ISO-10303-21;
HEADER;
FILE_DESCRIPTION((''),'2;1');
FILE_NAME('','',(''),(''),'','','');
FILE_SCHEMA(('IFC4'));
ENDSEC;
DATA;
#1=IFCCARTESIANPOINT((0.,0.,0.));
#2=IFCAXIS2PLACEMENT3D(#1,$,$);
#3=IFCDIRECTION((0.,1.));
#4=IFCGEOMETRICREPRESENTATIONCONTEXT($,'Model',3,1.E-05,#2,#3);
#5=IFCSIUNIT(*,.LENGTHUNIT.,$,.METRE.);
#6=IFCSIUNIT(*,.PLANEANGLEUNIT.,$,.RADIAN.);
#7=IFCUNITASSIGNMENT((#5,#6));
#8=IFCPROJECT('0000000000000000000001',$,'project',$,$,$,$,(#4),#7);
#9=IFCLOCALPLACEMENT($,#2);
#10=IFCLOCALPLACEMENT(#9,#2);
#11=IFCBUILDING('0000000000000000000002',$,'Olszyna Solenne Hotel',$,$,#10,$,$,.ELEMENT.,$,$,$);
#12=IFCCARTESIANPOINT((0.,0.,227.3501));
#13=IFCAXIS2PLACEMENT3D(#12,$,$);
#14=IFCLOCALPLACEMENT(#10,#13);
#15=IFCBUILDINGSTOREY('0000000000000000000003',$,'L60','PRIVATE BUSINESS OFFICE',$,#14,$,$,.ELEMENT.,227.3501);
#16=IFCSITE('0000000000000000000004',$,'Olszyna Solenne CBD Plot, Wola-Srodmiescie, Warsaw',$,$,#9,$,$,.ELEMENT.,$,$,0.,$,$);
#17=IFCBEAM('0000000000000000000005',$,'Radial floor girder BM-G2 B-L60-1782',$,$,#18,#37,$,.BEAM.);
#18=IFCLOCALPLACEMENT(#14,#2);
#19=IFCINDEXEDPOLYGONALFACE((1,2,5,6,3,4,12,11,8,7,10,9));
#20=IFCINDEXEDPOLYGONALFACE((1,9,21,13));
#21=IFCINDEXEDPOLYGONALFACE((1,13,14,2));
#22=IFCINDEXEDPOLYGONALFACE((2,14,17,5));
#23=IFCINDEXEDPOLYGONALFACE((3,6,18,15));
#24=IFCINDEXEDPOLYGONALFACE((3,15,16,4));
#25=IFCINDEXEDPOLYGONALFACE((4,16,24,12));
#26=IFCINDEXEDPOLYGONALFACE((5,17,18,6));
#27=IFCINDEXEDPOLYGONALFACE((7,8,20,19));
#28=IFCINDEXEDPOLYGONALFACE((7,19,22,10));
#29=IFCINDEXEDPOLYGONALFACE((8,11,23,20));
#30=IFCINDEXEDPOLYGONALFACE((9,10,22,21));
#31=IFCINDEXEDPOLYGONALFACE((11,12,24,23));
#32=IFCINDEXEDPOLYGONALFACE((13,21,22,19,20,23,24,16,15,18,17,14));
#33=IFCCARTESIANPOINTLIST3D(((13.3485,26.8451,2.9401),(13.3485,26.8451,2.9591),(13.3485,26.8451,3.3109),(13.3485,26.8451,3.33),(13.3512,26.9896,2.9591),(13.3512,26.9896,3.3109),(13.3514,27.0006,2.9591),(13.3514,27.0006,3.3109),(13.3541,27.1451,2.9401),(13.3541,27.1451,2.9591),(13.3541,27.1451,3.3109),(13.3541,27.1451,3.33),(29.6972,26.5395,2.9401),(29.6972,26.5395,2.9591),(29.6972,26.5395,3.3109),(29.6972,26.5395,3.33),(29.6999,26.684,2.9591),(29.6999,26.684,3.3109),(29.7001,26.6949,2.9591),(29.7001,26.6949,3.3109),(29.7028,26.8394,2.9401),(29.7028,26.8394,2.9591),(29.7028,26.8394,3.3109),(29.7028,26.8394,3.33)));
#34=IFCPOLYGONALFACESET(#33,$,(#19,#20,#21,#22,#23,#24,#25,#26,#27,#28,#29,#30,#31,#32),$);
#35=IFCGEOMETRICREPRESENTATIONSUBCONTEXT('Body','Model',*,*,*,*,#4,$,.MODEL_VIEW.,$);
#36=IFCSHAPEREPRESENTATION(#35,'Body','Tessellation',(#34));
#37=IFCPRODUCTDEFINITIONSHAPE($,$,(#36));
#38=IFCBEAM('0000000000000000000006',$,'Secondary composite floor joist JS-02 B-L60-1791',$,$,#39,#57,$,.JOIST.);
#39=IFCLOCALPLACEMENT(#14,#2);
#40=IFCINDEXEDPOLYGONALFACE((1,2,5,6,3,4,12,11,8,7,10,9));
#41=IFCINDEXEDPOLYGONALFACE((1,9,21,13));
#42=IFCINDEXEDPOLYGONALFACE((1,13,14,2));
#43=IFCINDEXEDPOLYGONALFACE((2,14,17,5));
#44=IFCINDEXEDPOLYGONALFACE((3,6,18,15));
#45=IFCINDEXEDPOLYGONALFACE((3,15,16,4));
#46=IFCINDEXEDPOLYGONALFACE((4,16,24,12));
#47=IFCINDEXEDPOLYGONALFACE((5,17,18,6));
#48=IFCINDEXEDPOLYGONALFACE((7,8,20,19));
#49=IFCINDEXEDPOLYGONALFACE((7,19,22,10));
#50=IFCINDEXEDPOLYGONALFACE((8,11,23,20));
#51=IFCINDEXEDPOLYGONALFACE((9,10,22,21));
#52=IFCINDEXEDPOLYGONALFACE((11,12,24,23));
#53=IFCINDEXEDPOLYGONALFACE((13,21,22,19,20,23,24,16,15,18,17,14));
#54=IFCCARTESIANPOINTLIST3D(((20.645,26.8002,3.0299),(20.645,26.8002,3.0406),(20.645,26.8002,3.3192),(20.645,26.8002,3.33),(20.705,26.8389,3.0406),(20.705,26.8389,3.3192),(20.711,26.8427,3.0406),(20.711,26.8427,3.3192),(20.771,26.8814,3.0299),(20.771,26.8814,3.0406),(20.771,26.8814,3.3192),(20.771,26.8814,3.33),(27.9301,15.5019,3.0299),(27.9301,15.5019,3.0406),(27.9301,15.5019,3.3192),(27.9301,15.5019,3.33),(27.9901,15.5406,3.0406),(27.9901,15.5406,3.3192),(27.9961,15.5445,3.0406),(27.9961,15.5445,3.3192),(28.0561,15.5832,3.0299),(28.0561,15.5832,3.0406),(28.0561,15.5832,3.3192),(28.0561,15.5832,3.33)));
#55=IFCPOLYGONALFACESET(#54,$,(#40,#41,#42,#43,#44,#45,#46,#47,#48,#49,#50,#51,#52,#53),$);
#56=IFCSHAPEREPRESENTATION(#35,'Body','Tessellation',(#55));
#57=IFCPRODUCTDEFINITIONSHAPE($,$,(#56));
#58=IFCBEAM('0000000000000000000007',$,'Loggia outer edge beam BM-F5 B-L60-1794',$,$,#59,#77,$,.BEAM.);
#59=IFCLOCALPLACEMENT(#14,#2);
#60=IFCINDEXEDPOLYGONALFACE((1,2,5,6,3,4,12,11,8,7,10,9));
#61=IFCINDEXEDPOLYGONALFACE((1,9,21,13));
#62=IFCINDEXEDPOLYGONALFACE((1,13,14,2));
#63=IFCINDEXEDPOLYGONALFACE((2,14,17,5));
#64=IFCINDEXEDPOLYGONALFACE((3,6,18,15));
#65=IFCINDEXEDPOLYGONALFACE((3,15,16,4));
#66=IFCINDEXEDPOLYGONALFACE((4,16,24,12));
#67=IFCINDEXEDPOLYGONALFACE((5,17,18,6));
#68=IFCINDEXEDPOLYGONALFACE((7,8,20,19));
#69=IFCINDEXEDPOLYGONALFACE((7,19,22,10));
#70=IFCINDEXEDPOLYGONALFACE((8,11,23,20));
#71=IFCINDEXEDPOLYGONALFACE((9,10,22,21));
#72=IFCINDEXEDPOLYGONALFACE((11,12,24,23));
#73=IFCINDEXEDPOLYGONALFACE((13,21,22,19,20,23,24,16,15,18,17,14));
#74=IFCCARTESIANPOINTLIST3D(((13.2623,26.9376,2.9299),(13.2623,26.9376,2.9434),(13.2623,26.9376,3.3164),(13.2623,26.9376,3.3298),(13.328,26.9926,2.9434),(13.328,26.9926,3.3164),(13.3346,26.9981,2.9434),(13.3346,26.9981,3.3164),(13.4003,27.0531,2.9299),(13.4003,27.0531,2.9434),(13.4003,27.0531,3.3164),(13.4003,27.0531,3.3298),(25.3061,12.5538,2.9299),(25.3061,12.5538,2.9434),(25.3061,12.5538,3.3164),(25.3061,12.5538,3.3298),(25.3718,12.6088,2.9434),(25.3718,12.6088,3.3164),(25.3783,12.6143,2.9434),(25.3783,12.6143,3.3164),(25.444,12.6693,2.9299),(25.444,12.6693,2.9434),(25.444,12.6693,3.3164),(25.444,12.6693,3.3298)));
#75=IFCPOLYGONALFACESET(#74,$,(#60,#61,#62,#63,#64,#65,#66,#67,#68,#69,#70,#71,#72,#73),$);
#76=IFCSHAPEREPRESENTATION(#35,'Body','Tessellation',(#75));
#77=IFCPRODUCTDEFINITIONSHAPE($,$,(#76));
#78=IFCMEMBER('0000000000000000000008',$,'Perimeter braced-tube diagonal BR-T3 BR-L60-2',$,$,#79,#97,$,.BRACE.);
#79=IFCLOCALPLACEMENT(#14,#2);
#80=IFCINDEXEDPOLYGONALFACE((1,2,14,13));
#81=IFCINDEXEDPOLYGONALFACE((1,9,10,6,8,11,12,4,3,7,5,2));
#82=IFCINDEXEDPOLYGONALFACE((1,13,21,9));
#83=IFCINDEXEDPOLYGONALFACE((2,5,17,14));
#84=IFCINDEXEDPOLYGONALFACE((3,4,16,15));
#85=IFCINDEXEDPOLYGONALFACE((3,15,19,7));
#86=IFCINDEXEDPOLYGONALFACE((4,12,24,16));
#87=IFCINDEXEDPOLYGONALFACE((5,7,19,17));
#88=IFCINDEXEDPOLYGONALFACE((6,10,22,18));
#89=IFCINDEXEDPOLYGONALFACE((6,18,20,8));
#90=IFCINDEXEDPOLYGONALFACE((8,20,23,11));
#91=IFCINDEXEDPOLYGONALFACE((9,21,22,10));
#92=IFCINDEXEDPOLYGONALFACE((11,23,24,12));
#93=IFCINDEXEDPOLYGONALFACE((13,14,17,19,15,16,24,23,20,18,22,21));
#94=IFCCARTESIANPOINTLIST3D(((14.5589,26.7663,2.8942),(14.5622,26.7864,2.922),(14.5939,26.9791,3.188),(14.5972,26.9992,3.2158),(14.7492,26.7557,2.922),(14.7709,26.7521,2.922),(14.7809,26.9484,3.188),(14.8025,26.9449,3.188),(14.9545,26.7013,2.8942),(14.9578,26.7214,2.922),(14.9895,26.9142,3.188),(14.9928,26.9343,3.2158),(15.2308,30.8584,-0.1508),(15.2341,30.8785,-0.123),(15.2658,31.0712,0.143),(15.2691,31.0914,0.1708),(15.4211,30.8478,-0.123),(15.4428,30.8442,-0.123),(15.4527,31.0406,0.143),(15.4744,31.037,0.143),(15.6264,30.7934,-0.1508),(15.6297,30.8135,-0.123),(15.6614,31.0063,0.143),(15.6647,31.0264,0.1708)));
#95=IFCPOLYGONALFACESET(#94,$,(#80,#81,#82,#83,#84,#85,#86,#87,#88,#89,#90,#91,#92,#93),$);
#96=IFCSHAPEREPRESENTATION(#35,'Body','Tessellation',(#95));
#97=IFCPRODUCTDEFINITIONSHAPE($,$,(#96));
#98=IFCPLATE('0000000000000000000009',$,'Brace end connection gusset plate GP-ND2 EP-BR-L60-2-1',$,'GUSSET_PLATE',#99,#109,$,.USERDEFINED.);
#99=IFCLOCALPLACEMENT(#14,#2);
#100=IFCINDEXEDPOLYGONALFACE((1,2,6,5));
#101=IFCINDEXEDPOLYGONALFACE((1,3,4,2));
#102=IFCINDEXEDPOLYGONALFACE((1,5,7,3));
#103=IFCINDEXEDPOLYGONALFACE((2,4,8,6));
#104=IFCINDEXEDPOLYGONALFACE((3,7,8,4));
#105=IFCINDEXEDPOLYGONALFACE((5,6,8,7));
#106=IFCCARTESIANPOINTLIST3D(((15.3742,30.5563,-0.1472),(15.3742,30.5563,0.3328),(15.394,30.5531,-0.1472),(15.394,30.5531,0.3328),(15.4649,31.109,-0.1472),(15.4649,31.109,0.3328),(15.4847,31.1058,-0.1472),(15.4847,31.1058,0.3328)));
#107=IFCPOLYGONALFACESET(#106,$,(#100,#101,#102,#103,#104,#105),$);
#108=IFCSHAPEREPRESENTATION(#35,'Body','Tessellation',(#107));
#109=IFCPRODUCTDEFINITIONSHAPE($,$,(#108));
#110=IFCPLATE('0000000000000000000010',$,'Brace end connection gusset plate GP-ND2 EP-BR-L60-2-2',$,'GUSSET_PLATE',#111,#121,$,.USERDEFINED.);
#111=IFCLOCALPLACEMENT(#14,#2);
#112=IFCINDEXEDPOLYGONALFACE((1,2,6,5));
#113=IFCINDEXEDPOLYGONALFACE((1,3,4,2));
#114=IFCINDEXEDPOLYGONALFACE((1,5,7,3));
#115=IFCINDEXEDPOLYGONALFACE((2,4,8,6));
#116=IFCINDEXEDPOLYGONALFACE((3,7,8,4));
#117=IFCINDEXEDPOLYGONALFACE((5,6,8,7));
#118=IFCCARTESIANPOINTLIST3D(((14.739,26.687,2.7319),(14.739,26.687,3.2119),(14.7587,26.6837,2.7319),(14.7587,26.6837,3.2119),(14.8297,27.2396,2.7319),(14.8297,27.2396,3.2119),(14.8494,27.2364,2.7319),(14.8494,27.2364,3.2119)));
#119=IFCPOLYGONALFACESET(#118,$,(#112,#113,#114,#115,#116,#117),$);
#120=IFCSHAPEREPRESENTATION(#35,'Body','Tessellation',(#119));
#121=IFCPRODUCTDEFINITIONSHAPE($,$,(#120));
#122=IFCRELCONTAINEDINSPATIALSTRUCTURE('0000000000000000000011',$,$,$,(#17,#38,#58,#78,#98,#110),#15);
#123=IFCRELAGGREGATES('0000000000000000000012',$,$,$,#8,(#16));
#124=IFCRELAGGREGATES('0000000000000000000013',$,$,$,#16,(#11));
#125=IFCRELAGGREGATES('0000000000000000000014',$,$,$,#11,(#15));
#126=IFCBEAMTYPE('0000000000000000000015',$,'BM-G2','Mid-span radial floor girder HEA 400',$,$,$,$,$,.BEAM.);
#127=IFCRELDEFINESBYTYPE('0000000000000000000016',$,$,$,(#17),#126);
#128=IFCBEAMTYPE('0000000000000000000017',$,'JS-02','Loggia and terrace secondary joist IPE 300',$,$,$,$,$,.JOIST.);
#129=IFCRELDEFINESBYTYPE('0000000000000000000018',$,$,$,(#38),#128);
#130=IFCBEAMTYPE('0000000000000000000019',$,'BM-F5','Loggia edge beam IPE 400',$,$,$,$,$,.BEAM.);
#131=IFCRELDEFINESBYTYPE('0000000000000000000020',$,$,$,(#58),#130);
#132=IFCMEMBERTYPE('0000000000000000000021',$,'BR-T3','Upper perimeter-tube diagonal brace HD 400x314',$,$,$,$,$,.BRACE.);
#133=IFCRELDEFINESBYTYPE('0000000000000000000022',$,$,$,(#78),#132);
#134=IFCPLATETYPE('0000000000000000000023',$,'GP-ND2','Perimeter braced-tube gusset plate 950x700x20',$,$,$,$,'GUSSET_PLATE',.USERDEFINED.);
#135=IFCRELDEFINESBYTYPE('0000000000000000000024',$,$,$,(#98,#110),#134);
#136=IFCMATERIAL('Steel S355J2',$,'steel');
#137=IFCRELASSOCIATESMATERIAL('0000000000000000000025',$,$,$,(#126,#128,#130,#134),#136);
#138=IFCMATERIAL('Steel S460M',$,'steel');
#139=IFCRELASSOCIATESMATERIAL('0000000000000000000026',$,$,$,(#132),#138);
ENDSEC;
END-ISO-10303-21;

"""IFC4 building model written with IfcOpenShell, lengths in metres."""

from ifc_helpers import new_model, si_unit, direction, frame, origin, origin_2d, place, context, subcontext, project, spatial, rectangle, i_section, extrude, source, transform, mapped, material, material_profile, profile_set, type_object, element, save


model = new_model("IFC4")

# Units and contexts
model_context = context("Model", 3, precision=1e-05, world=origin(), true_north=direction((0.0, 1.0)))
body_context = subcontext(model_context, "Body", "Model", "MODEL_VIEW")
ifc_project = project(units=[si_unit("LENGTHUNIT", "METRE"), si_unit("PLANEANGLEUNIT", "RADIAN")], contexts=[model_context])

# Site, building, storey
site_placement = place(None, origin())
site = spatial("IfcSite", under=ifc_project, at=site_placement, Name="Olszyna Solenne CBD Plot, Wola-Srodmiescie, Warsaw", CompositionType="ELEMENT", RefElevation=0.0)
building_placement = place(site_placement, origin())
building = spatial("IfcBuilding", under=site, at=building_placement, Name="Olszyna Solenne Hotel", CompositionType="ELEMENT")
storey_placement = place(building_placement, frame((0.0, 0.0, 227.3501)))
storey = spatial("IfcBuildingStorey", under=building, at=storey_placement, Name="L60", Description="PRIVATE BUSINESS OFFICE", CompositionType="ELEMENT", Elevation=227.3501)

# Shared definitions
ifc_material_1 = material(Name="Steel S460M", Category="steel")

# Beams
ifc_material_2 = material(Name="Steel S355J2", Category="steel")
ifc_material_profile_1 = material_profile(ifc_material_2, i_section(OverallWidth=0.3, OverallDepth=0.3899, WebThickness=0.011, FlangeThickness=0.019, at=origin_2d()), Name="HEA 400", Category="load-bearing")
ifc_profile_set_1 = profile_set([ifc_material_profile_1], Name="Steel S355J2")
beam_type_1 = type_object("IfcBeamType", Name="BM-G2", Description="Mid-span radial floor girder HEA 400", PredefinedType="BEAM", material=ifc_profile_set_1)
shared_shape_1 = source(origin(), body_context, "Body", "SweptSolid", [
    extrude(i_section(OverallWidth=0.3, OverallDepth=0.3899, WebThickness=0.011, FlangeThickness=0.019, at=origin_2d()), origin(), (0.0, 0.0, 1.0), 16.3516),
])
beam_1_placement = place(storey_placement, frame((13.3513, 26.9951, 3.135), z_axis=(0.999825, -0.018693, 0.0), x_axis=(0.018693, 0.999825, 0.0)))
element("IfcBeam", 1, at=beam_1_placement, inside=storey, type_object=beam_type_1, Name="Radial floor girder BM-G2 B-L60-1782", PredefinedType="BEAM", context=body_context, shape_type="MappedRepresentation", body=[
    mapped(shared_shape_1, transform((0.0, 0.0, 0.0), x_axis=(1.0, 0.0, 0.0), y_axis=(0.0, 1.0, 0.0), z_axis=(0.0, 0.0, 1.0), scale=1.0)),
])
ifc_material_profile_2 = material_profile(ifc_material_2, i_section(OverallWidth=0.1499, OverallDepth=0.3, WebThickness=0.0071, FlangeThickness=0.0107, at=origin_2d()), Name="IPE 300", Category="load-bearing")
ifc_profile_set_2 = profile_set([ifc_material_profile_2], Name="Steel S355J2")
beam_type_2 = type_object("IfcBeamType", Name="JS-02", Description="Loggia and terrace secondary joist IPE 300", PredefinedType="JOIST", material=ifc_profile_set_2)
shared_shape_2 = source(origin(), body_context, "Body", "SweptSolid", [
    extrude(i_section(OverallWidth=0.1499, OverallDepth=0.3, WebThickness=0.0071, FlangeThickness=0.0107, at=origin_2d()), origin(), (0.0, 0.0, 1.0), 13.4434),
])
beam_2_placement = place(storey_placement, frame((20.708, 26.8408, 3.1799), z_axis=(0.541912, -0.840435, 0.0), x_axis=(0.840435, 0.541912, 0.0)))
element("IfcBeam", 2, at=beam_2_placement, inside=storey, type_object=beam_type_2, Name="Secondary composite floor joist JS-02 B-L60-1791", PredefinedType="JOIST", context=body_context, shape_type="MappedRepresentation", body=[
    mapped(shared_shape_2, transform((0.0, 0.0, 0.0), x_axis=(1.0, 0.0, 0.0), y_axis=(0.0, 1.0, 0.0), z_axis=(0.0, 0.0, 1.0), scale=1.0)),
])
ifc_material_profile_3 = material_profile(ifc_material_2, i_section(OverallWidth=0.1799, OverallDepth=0.3999, WebThickness=0.0085, FlangeThickness=0.0134, at=origin_2d()), Name="IPE 400", Category="load-bearing")
ifc_profile_set_3 = profile_set([ifc_material_profile_3], Name="Steel S355J2")
beam_type_3 = type_object("IfcBeamType", Name="BM-F5", Description="Loggia edge beam IPE 400", PredefinedType="BEAM", material=ifc_profile_set_3)
shared_shape_3 = source(origin(), body_context, "Body", "SweptSolid", [
    extrude(i_section(OverallWidth=0.1799, OverallDepth=0.3999, WebThickness=0.0085, FlangeThickness=0.0134, at=origin_2d()), origin(), (0.0, 0.0, 1.0), 18.7603),
])
beam_3_placement = place(storey_placement, frame((13.3313, 26.9954, 3.1299), z_axis=(0.641982, -0.766719, 0.0), x_axis=(0.766719, 0.641982, 0.0)))
element("IfcBeam", 3, at=beam_3_placement, inside=storey, type_object=beam_type_3, Name="Loggia outer edge beam BM-F5 B-L60-1794", PredefinedType="BEAM", context=body_context, shape_type="MappedRepresentation", body=[
    mapped(shared_shape_3, transform((0.0, 0.0, 0.0), x_axis=(1.0, 0.0, 0.0), y_axis=(0.0, 1.0, 0.0), z_axis=(0.0, 0.0, 1.0), scale=1.0)),
])

# Member
ifc_material_profile_4 = material_profile(ifc_material_1, i_section(OverallWidth=0.4009, OverallDepth=0.3989, WebThickness=0.022, FlangeThickness=0.0344, at=origin_2d()), Name="HD 400x314", Category="load-bearing")
ifc_profile_set_4 = profile_set([ifc_material_profile_4], Name="Steel S460M")
member_type = type_object("IfcMemberType", Name="BR-T3", Description="Upper perimeter-tube diagonal brace HD 400x314", PredefinedType="BRACE", material=ifc_profile_set_4)
shared_shape_4 = source(origin(), body_context, "Body", "SweptSolid", [
    extrude(i_section(OverallWidth=0.4009, OverallDepth=0.3989, WebThickness=0.022, FlangeThickness=0.0344, at=origin_2d()), origin(), (0.0, 0.0, 1.0), 5.1448),
])
member_placement = place(storey_placement, frame((15.4478, 30.9424, 0.01), z_axis=(-0.130596, -0.795392, 0.591858), x_axis=(0.986787, -0.162021, 0.0)))
element("IfcMember", 4, at=member_placement, inside=storey, type_object=member_type, Name="Perimeter braced-tube diagonal BR-T3 BR-L60-2", PredefinedType="BRACE", context=body_context, shape_type="MappedRepresentation", body=[
    mapped(shared_shape_4, transform((0.0, 0.0, 0.0), x_axis=(1.0, 0.0, 0.0), y_axis=(0.0, 1.0, 0.0), z_axis=(0.0, 0.0, 1.0), scale=1.0)),
])

# Plates
plate_type = type_object("IfcPlateType", Name="GP-ND2", Description="Perimeter braced-tube gusset plate 950x700x20", ElementType="GUSSET_PLATE", PredefinedType="USERDEFINED", material=ifc_material_2)
shared_shape_5 = source(origin(), body_context, "Body", "SweptSolid", [
    extrude(rectangle(XDim=0.5601, YDim=0.02, at=origin_2d()), origin(), (0.0, 0.0, 1.0), 0.48),
])
for number, where, z_axis, x_axis, name in (
    (5, (15.4294, 30.8311, -0.1472), (0.0, 0.0, 1.0), (-0.161948, -0.986799, 0.0), "Brace end connection gusset plate GP-ND2 EP-BR-L60-2-1"),
    (6, (14.7942, 26.9617, 2.7319), (0.0, 0.0, 1.0), (-0.161948, -0.986799, 0.0), "Brace end connection gusset plate GP-ND2 EP-BR-L60-2-2"),
):
    element("IfcPlate", number, at=place(storey_placement, frame(where, z_axis=z_axis, x_axis=x_axis)), inside=storey, type_object=plate_type, Name=name, ObjectType="GUSSET_PLATE", PredefinedType="USERDEFINED", context=body_context, shape_type="MappedRepresentation", body=[
        mapped(shared_shape_5, transform((0.0, 0.0, 0.0), x_axis=(1.0, 0.0, 0.0), y_axis=(0.0, 1.0, 0.0), z_axis=(0.0, 0.0, 1.0), scale=1.0)),
    ])

save(model, "model.ifc")
